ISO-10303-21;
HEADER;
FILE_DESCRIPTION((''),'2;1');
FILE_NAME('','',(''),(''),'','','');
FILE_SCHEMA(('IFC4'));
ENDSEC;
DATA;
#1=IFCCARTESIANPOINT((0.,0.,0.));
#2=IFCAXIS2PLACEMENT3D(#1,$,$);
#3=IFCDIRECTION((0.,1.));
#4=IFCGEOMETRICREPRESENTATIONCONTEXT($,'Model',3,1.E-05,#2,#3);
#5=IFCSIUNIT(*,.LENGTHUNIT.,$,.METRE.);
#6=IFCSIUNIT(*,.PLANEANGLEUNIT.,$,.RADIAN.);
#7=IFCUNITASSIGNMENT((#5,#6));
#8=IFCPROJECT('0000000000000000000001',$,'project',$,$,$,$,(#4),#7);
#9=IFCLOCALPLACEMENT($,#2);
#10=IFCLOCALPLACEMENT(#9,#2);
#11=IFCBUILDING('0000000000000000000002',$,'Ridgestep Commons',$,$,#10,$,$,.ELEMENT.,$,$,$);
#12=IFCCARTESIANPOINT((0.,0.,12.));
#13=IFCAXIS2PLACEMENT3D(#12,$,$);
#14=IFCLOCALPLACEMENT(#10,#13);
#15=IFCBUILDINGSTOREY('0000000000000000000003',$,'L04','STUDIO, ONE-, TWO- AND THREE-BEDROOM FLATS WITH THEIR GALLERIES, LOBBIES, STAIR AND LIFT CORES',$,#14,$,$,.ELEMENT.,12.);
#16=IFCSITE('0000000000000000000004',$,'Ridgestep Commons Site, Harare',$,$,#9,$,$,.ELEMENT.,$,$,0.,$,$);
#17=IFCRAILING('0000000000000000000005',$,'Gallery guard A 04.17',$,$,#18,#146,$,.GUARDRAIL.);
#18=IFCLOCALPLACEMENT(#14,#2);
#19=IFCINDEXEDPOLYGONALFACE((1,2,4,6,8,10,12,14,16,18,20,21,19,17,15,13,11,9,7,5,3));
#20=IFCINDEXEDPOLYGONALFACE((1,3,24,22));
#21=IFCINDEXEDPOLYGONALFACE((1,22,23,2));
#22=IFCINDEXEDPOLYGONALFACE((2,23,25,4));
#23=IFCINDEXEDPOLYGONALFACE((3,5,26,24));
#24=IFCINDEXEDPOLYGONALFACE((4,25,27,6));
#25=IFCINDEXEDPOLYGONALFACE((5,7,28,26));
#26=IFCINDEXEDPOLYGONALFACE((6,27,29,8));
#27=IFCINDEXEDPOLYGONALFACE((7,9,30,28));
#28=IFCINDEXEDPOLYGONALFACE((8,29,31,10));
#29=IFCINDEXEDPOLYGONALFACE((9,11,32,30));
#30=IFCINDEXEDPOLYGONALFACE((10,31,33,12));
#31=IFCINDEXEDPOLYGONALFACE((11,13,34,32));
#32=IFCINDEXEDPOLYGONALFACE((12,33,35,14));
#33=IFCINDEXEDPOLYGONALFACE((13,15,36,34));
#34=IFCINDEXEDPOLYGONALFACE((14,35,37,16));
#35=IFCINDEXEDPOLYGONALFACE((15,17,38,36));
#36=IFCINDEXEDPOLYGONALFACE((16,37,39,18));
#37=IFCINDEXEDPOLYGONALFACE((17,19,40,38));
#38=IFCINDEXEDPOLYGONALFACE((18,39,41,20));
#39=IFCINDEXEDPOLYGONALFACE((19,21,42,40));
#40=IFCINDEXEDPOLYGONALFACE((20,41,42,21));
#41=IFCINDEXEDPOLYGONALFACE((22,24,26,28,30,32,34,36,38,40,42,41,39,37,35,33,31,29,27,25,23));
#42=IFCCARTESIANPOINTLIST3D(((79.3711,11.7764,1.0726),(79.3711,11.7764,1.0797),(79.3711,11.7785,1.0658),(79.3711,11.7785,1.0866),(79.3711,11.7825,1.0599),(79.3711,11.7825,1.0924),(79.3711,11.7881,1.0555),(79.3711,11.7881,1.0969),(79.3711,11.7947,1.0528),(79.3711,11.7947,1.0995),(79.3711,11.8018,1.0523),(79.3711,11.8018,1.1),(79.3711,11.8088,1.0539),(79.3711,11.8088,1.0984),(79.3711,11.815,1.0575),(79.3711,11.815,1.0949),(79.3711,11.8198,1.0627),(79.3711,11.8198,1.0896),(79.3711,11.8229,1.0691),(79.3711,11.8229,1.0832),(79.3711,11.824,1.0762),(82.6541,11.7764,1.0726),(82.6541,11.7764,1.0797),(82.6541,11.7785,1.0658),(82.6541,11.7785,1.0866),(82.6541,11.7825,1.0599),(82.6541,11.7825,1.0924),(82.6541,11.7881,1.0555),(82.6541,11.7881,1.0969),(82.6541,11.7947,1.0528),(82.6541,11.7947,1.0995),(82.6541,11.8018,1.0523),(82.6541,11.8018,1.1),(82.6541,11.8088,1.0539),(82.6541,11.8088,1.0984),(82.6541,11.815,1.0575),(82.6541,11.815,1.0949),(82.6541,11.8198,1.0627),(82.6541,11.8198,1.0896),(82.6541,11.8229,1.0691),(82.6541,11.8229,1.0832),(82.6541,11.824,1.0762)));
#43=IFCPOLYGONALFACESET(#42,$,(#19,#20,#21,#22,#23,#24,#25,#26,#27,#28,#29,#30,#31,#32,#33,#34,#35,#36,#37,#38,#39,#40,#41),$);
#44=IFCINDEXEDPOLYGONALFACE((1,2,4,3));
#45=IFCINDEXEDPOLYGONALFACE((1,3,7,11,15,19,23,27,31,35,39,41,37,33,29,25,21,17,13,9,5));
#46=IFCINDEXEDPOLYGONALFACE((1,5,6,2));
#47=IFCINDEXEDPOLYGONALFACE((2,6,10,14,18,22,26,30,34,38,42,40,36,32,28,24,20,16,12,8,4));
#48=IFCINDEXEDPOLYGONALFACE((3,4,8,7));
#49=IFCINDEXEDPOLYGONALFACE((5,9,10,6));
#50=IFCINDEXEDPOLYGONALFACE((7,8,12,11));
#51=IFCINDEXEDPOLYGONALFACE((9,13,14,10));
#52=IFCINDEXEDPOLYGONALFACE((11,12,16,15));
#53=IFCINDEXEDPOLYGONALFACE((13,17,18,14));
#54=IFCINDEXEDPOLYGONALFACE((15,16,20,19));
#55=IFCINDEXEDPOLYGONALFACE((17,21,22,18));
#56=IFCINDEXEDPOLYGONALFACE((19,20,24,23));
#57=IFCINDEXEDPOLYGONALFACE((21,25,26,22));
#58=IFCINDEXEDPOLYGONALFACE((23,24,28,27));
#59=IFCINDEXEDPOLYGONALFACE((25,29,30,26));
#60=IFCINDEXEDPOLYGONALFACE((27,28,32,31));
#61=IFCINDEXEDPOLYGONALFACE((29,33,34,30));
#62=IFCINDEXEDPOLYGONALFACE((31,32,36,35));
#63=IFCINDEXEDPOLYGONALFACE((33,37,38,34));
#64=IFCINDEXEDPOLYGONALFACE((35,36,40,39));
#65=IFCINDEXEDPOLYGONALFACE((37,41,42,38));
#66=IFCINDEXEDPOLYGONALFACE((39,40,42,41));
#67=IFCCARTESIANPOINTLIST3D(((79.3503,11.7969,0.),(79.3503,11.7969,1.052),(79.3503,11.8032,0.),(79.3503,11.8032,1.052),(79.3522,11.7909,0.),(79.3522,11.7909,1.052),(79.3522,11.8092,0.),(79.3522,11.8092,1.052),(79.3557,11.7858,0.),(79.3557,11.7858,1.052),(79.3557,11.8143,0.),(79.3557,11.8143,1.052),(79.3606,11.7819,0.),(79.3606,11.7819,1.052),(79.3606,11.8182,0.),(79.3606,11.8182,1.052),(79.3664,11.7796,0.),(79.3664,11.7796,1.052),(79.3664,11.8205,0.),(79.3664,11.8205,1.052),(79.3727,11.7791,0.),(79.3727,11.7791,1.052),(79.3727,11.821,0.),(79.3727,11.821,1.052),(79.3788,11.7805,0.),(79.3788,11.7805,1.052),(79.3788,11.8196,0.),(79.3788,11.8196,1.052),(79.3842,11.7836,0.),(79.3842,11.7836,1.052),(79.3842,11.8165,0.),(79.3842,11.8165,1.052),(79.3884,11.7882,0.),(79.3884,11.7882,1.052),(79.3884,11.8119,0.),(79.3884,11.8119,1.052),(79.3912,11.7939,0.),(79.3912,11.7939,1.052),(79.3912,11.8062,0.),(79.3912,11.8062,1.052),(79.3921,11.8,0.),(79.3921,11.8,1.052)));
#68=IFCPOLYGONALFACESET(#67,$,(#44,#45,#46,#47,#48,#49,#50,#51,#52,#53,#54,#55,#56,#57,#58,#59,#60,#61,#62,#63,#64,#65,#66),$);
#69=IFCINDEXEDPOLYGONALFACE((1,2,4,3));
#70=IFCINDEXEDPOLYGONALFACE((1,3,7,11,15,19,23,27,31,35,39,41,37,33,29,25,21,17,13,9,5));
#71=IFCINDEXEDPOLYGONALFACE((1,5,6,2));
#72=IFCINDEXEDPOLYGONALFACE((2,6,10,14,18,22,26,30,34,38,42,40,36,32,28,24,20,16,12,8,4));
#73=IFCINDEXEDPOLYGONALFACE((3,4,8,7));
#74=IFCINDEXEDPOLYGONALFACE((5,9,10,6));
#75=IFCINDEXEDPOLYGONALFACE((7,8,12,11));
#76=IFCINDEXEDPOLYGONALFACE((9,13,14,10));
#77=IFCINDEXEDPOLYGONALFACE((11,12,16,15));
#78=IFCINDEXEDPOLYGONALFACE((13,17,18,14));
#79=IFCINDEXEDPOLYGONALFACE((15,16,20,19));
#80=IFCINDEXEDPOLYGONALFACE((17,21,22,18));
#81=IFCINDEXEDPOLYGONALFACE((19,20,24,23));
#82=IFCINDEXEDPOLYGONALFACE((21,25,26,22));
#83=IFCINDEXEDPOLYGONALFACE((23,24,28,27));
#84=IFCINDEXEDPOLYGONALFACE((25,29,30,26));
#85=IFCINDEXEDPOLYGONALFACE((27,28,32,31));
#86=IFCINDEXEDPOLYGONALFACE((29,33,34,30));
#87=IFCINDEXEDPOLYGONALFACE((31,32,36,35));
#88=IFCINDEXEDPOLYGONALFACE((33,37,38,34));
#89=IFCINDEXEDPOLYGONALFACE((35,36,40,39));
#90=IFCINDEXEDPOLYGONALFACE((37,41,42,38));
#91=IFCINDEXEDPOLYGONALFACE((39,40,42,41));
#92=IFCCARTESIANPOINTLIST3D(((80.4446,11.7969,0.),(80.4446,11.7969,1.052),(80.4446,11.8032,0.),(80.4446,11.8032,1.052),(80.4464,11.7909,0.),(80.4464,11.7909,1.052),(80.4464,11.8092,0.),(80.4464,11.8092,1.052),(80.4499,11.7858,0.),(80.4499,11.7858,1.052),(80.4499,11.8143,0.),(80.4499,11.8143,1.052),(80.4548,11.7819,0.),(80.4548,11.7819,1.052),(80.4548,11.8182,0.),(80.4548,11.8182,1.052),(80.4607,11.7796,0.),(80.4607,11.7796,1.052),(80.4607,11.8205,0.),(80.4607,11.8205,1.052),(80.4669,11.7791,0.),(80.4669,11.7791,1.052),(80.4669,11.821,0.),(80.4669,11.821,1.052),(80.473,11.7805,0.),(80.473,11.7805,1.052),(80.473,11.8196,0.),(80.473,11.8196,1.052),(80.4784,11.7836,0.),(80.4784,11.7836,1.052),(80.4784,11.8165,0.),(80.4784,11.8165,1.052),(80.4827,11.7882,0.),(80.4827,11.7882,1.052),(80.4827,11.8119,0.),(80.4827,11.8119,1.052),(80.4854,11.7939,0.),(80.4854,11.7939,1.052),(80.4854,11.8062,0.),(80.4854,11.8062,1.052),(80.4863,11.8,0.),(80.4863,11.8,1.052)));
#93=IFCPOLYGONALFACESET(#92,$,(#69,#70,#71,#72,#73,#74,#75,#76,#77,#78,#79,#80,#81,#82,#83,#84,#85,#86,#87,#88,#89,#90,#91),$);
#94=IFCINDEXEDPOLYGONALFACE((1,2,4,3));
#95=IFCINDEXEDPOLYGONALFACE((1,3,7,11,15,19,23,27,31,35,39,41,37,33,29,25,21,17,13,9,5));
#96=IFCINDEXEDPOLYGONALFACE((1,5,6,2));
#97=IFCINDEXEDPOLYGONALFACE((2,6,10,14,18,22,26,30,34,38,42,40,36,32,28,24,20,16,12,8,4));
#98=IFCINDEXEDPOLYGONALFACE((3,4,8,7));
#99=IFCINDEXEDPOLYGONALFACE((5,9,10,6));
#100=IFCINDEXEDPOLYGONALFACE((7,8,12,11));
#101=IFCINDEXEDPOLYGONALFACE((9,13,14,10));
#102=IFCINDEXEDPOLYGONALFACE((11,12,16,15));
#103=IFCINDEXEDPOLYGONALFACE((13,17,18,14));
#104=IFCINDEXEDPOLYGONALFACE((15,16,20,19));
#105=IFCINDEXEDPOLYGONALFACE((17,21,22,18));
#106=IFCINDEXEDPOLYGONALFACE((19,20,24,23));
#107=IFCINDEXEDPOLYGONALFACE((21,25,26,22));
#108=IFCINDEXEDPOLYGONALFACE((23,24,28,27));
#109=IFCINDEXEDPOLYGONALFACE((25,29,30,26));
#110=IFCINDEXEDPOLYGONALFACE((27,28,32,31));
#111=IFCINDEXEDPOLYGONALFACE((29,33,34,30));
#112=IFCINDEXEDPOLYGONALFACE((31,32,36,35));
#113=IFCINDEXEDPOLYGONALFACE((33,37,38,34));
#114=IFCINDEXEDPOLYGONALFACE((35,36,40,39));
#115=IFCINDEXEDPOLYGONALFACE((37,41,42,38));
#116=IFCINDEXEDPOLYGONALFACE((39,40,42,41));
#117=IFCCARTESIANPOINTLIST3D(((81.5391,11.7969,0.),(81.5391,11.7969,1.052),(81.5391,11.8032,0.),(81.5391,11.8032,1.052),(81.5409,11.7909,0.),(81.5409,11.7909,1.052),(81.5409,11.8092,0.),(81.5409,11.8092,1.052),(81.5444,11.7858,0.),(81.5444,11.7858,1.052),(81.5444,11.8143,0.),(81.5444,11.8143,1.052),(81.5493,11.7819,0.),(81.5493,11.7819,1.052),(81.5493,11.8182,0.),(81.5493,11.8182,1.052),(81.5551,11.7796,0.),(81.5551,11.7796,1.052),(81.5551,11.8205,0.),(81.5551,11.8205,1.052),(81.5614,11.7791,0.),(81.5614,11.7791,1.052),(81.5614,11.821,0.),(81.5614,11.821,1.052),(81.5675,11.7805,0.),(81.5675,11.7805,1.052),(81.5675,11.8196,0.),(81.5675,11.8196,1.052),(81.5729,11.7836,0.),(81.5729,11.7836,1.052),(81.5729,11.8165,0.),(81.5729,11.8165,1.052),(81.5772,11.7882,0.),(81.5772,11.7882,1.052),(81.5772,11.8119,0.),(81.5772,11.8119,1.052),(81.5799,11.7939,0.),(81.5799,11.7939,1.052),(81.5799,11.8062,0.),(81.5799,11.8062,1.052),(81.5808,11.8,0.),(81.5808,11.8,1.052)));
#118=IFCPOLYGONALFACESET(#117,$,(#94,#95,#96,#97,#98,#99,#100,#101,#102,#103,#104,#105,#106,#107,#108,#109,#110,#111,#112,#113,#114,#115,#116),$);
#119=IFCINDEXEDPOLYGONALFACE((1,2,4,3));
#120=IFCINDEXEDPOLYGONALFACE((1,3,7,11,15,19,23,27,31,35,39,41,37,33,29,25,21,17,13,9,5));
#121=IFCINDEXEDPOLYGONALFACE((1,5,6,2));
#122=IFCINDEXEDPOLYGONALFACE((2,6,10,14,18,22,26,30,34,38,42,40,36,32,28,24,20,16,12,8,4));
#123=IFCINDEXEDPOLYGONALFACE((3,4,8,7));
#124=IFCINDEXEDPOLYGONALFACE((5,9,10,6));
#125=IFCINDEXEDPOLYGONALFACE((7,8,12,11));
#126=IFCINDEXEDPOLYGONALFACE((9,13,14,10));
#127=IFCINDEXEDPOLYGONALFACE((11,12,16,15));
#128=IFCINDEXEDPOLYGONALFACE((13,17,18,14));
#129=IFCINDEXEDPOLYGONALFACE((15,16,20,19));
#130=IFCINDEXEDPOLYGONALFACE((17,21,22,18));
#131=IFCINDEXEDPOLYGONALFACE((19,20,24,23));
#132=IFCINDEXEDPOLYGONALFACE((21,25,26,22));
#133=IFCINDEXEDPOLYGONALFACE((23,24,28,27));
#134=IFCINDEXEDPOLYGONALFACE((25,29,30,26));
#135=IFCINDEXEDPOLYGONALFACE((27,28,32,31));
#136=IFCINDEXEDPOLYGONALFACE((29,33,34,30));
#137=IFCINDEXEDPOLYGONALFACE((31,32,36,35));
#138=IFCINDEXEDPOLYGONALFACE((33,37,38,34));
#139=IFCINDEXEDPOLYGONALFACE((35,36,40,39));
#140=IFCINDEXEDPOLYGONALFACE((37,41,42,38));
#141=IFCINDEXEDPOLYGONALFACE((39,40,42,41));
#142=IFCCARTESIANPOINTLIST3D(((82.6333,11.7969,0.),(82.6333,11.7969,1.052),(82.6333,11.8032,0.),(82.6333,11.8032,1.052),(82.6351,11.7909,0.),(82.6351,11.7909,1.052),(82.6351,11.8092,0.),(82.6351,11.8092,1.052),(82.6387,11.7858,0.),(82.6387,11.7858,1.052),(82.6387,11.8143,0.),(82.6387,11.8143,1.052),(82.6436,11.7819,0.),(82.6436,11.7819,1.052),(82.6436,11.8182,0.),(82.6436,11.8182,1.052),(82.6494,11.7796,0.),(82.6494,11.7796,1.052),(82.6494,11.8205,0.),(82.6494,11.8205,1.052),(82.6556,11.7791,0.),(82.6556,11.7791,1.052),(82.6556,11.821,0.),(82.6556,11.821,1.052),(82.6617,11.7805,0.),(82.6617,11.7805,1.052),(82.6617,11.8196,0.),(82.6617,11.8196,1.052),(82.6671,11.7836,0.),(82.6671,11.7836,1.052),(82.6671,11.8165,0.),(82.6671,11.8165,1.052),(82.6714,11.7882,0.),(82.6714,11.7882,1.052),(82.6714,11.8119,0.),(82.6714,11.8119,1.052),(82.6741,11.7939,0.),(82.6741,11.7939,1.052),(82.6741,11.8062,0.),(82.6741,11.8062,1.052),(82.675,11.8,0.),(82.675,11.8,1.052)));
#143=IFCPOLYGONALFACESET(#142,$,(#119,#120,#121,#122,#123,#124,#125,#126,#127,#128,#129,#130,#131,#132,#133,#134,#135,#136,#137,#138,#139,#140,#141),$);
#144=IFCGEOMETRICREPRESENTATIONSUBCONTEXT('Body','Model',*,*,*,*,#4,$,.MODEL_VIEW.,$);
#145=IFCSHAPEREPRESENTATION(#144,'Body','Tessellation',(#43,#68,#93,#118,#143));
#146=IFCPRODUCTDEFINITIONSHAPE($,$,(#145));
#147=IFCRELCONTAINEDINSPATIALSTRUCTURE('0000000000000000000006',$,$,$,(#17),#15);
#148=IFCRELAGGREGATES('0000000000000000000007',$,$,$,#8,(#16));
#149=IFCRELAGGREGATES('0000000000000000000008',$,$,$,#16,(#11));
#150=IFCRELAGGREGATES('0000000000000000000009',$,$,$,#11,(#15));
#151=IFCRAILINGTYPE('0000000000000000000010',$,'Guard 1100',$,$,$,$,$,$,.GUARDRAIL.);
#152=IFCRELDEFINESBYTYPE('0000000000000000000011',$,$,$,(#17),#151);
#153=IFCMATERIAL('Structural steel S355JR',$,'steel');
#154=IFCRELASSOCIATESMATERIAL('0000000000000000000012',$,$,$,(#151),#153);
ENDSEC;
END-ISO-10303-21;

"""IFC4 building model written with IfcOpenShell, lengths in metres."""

from ifc_helpers import new_model, si_unit, direction, frame, origin, origin_2d, place, context, subcontext, project, spatial, circle, extrude, material, type_object, element, save


model = new_model("IFC4")

# Units and contexts
model_context = context("Model", 3, precision=1e-05, world=origin(), true_north=direction((0.0, 1.0)))
body_context = subcontext(model_context, "Body", "Model", "MODEL_VIEW")
ifc_project = project(units=[si_unit("LENGTHUNIT", "METRE"), si_unit("PLANEANGLEUNIT", "RADIAN")], contexts=[model_context])

# Site, building, storey
site_placement = place(None, origin())
site = spatial("IfcSite", under=ifc_project, at=site_placement, Name="Ridgestep Commons Site, Harare", CompositionType="ELEMENT", RefElevation=0.0)
building_placement = place(site_placement, origin())
building = spatial("IfcBuilding", under=site, at=building_placement, Name="Ridgestep Commons", CompositionType="ELEMENT")
storey_placement = place(building_placement, frame((0.0, 0.0, 12.0)))
storey = spatial("IfcBuildingStorey", under=building, at=storey_placement, Name="L04", Description="STUDIO, ONE-, TWO- AND THREE-BEDROOM FLATS WITH THEIR GALLERIES, LOBBIES, STAIR AND LIFT CORES", CompositionType="ELEMENT", Elevation=12.0)

# Railing
ifc_material_1 = material(Name="Structural steel S355JR", Category="steel")
railing_type = type_object("IfcRailingType", Name="Guard 1100", PredefinedType="GUARDRAIL", material=ifc_material_1)
railing_1_placement = place(storey_placement, frame((79.3711, 11.8, 0.0)))
element("IfcRailing", 1, at=railing_1_placement, inside=storey, type_object=railing_type, Name="Gallery guard A 04.17", PredefinedType="GUARDRAIL", context=body_context, shape_type="SweptSolid", body=[
    extrude(circle(Radius=0.0239, at=origin_2d()), frame((0.0, 0.0, 1.0762), z_axis=(1.0, 0.0, 0.0), x_axis=(0.0, 1.0, 0.0)), (0.0, 0.0, 1.0), 3.283),
    extrude(circle(Radius=0.021, at=origin_2d()), origin(), (0.0, 0.0, 1.0), 1.052),
    extrude(circle(Radius=0.021, at=origin_2d()), frame((1.0942, 0.0, 0.0)), (0.0, 0.0, 1.0), 1.052),
    extrude(circle(Radius=0.021, at=origin_2d()), frame((2.1887, 0.0, 0.0)), (0.0, 0.0, 1.0), 1.052),
    extrude(circle(Radius=0.021, at=origin_2d()), frame((3.283, 0.0, 0.0)), (0.0, 0.0, 1.0), 1.052),
])

save(model, "model.ifc")
